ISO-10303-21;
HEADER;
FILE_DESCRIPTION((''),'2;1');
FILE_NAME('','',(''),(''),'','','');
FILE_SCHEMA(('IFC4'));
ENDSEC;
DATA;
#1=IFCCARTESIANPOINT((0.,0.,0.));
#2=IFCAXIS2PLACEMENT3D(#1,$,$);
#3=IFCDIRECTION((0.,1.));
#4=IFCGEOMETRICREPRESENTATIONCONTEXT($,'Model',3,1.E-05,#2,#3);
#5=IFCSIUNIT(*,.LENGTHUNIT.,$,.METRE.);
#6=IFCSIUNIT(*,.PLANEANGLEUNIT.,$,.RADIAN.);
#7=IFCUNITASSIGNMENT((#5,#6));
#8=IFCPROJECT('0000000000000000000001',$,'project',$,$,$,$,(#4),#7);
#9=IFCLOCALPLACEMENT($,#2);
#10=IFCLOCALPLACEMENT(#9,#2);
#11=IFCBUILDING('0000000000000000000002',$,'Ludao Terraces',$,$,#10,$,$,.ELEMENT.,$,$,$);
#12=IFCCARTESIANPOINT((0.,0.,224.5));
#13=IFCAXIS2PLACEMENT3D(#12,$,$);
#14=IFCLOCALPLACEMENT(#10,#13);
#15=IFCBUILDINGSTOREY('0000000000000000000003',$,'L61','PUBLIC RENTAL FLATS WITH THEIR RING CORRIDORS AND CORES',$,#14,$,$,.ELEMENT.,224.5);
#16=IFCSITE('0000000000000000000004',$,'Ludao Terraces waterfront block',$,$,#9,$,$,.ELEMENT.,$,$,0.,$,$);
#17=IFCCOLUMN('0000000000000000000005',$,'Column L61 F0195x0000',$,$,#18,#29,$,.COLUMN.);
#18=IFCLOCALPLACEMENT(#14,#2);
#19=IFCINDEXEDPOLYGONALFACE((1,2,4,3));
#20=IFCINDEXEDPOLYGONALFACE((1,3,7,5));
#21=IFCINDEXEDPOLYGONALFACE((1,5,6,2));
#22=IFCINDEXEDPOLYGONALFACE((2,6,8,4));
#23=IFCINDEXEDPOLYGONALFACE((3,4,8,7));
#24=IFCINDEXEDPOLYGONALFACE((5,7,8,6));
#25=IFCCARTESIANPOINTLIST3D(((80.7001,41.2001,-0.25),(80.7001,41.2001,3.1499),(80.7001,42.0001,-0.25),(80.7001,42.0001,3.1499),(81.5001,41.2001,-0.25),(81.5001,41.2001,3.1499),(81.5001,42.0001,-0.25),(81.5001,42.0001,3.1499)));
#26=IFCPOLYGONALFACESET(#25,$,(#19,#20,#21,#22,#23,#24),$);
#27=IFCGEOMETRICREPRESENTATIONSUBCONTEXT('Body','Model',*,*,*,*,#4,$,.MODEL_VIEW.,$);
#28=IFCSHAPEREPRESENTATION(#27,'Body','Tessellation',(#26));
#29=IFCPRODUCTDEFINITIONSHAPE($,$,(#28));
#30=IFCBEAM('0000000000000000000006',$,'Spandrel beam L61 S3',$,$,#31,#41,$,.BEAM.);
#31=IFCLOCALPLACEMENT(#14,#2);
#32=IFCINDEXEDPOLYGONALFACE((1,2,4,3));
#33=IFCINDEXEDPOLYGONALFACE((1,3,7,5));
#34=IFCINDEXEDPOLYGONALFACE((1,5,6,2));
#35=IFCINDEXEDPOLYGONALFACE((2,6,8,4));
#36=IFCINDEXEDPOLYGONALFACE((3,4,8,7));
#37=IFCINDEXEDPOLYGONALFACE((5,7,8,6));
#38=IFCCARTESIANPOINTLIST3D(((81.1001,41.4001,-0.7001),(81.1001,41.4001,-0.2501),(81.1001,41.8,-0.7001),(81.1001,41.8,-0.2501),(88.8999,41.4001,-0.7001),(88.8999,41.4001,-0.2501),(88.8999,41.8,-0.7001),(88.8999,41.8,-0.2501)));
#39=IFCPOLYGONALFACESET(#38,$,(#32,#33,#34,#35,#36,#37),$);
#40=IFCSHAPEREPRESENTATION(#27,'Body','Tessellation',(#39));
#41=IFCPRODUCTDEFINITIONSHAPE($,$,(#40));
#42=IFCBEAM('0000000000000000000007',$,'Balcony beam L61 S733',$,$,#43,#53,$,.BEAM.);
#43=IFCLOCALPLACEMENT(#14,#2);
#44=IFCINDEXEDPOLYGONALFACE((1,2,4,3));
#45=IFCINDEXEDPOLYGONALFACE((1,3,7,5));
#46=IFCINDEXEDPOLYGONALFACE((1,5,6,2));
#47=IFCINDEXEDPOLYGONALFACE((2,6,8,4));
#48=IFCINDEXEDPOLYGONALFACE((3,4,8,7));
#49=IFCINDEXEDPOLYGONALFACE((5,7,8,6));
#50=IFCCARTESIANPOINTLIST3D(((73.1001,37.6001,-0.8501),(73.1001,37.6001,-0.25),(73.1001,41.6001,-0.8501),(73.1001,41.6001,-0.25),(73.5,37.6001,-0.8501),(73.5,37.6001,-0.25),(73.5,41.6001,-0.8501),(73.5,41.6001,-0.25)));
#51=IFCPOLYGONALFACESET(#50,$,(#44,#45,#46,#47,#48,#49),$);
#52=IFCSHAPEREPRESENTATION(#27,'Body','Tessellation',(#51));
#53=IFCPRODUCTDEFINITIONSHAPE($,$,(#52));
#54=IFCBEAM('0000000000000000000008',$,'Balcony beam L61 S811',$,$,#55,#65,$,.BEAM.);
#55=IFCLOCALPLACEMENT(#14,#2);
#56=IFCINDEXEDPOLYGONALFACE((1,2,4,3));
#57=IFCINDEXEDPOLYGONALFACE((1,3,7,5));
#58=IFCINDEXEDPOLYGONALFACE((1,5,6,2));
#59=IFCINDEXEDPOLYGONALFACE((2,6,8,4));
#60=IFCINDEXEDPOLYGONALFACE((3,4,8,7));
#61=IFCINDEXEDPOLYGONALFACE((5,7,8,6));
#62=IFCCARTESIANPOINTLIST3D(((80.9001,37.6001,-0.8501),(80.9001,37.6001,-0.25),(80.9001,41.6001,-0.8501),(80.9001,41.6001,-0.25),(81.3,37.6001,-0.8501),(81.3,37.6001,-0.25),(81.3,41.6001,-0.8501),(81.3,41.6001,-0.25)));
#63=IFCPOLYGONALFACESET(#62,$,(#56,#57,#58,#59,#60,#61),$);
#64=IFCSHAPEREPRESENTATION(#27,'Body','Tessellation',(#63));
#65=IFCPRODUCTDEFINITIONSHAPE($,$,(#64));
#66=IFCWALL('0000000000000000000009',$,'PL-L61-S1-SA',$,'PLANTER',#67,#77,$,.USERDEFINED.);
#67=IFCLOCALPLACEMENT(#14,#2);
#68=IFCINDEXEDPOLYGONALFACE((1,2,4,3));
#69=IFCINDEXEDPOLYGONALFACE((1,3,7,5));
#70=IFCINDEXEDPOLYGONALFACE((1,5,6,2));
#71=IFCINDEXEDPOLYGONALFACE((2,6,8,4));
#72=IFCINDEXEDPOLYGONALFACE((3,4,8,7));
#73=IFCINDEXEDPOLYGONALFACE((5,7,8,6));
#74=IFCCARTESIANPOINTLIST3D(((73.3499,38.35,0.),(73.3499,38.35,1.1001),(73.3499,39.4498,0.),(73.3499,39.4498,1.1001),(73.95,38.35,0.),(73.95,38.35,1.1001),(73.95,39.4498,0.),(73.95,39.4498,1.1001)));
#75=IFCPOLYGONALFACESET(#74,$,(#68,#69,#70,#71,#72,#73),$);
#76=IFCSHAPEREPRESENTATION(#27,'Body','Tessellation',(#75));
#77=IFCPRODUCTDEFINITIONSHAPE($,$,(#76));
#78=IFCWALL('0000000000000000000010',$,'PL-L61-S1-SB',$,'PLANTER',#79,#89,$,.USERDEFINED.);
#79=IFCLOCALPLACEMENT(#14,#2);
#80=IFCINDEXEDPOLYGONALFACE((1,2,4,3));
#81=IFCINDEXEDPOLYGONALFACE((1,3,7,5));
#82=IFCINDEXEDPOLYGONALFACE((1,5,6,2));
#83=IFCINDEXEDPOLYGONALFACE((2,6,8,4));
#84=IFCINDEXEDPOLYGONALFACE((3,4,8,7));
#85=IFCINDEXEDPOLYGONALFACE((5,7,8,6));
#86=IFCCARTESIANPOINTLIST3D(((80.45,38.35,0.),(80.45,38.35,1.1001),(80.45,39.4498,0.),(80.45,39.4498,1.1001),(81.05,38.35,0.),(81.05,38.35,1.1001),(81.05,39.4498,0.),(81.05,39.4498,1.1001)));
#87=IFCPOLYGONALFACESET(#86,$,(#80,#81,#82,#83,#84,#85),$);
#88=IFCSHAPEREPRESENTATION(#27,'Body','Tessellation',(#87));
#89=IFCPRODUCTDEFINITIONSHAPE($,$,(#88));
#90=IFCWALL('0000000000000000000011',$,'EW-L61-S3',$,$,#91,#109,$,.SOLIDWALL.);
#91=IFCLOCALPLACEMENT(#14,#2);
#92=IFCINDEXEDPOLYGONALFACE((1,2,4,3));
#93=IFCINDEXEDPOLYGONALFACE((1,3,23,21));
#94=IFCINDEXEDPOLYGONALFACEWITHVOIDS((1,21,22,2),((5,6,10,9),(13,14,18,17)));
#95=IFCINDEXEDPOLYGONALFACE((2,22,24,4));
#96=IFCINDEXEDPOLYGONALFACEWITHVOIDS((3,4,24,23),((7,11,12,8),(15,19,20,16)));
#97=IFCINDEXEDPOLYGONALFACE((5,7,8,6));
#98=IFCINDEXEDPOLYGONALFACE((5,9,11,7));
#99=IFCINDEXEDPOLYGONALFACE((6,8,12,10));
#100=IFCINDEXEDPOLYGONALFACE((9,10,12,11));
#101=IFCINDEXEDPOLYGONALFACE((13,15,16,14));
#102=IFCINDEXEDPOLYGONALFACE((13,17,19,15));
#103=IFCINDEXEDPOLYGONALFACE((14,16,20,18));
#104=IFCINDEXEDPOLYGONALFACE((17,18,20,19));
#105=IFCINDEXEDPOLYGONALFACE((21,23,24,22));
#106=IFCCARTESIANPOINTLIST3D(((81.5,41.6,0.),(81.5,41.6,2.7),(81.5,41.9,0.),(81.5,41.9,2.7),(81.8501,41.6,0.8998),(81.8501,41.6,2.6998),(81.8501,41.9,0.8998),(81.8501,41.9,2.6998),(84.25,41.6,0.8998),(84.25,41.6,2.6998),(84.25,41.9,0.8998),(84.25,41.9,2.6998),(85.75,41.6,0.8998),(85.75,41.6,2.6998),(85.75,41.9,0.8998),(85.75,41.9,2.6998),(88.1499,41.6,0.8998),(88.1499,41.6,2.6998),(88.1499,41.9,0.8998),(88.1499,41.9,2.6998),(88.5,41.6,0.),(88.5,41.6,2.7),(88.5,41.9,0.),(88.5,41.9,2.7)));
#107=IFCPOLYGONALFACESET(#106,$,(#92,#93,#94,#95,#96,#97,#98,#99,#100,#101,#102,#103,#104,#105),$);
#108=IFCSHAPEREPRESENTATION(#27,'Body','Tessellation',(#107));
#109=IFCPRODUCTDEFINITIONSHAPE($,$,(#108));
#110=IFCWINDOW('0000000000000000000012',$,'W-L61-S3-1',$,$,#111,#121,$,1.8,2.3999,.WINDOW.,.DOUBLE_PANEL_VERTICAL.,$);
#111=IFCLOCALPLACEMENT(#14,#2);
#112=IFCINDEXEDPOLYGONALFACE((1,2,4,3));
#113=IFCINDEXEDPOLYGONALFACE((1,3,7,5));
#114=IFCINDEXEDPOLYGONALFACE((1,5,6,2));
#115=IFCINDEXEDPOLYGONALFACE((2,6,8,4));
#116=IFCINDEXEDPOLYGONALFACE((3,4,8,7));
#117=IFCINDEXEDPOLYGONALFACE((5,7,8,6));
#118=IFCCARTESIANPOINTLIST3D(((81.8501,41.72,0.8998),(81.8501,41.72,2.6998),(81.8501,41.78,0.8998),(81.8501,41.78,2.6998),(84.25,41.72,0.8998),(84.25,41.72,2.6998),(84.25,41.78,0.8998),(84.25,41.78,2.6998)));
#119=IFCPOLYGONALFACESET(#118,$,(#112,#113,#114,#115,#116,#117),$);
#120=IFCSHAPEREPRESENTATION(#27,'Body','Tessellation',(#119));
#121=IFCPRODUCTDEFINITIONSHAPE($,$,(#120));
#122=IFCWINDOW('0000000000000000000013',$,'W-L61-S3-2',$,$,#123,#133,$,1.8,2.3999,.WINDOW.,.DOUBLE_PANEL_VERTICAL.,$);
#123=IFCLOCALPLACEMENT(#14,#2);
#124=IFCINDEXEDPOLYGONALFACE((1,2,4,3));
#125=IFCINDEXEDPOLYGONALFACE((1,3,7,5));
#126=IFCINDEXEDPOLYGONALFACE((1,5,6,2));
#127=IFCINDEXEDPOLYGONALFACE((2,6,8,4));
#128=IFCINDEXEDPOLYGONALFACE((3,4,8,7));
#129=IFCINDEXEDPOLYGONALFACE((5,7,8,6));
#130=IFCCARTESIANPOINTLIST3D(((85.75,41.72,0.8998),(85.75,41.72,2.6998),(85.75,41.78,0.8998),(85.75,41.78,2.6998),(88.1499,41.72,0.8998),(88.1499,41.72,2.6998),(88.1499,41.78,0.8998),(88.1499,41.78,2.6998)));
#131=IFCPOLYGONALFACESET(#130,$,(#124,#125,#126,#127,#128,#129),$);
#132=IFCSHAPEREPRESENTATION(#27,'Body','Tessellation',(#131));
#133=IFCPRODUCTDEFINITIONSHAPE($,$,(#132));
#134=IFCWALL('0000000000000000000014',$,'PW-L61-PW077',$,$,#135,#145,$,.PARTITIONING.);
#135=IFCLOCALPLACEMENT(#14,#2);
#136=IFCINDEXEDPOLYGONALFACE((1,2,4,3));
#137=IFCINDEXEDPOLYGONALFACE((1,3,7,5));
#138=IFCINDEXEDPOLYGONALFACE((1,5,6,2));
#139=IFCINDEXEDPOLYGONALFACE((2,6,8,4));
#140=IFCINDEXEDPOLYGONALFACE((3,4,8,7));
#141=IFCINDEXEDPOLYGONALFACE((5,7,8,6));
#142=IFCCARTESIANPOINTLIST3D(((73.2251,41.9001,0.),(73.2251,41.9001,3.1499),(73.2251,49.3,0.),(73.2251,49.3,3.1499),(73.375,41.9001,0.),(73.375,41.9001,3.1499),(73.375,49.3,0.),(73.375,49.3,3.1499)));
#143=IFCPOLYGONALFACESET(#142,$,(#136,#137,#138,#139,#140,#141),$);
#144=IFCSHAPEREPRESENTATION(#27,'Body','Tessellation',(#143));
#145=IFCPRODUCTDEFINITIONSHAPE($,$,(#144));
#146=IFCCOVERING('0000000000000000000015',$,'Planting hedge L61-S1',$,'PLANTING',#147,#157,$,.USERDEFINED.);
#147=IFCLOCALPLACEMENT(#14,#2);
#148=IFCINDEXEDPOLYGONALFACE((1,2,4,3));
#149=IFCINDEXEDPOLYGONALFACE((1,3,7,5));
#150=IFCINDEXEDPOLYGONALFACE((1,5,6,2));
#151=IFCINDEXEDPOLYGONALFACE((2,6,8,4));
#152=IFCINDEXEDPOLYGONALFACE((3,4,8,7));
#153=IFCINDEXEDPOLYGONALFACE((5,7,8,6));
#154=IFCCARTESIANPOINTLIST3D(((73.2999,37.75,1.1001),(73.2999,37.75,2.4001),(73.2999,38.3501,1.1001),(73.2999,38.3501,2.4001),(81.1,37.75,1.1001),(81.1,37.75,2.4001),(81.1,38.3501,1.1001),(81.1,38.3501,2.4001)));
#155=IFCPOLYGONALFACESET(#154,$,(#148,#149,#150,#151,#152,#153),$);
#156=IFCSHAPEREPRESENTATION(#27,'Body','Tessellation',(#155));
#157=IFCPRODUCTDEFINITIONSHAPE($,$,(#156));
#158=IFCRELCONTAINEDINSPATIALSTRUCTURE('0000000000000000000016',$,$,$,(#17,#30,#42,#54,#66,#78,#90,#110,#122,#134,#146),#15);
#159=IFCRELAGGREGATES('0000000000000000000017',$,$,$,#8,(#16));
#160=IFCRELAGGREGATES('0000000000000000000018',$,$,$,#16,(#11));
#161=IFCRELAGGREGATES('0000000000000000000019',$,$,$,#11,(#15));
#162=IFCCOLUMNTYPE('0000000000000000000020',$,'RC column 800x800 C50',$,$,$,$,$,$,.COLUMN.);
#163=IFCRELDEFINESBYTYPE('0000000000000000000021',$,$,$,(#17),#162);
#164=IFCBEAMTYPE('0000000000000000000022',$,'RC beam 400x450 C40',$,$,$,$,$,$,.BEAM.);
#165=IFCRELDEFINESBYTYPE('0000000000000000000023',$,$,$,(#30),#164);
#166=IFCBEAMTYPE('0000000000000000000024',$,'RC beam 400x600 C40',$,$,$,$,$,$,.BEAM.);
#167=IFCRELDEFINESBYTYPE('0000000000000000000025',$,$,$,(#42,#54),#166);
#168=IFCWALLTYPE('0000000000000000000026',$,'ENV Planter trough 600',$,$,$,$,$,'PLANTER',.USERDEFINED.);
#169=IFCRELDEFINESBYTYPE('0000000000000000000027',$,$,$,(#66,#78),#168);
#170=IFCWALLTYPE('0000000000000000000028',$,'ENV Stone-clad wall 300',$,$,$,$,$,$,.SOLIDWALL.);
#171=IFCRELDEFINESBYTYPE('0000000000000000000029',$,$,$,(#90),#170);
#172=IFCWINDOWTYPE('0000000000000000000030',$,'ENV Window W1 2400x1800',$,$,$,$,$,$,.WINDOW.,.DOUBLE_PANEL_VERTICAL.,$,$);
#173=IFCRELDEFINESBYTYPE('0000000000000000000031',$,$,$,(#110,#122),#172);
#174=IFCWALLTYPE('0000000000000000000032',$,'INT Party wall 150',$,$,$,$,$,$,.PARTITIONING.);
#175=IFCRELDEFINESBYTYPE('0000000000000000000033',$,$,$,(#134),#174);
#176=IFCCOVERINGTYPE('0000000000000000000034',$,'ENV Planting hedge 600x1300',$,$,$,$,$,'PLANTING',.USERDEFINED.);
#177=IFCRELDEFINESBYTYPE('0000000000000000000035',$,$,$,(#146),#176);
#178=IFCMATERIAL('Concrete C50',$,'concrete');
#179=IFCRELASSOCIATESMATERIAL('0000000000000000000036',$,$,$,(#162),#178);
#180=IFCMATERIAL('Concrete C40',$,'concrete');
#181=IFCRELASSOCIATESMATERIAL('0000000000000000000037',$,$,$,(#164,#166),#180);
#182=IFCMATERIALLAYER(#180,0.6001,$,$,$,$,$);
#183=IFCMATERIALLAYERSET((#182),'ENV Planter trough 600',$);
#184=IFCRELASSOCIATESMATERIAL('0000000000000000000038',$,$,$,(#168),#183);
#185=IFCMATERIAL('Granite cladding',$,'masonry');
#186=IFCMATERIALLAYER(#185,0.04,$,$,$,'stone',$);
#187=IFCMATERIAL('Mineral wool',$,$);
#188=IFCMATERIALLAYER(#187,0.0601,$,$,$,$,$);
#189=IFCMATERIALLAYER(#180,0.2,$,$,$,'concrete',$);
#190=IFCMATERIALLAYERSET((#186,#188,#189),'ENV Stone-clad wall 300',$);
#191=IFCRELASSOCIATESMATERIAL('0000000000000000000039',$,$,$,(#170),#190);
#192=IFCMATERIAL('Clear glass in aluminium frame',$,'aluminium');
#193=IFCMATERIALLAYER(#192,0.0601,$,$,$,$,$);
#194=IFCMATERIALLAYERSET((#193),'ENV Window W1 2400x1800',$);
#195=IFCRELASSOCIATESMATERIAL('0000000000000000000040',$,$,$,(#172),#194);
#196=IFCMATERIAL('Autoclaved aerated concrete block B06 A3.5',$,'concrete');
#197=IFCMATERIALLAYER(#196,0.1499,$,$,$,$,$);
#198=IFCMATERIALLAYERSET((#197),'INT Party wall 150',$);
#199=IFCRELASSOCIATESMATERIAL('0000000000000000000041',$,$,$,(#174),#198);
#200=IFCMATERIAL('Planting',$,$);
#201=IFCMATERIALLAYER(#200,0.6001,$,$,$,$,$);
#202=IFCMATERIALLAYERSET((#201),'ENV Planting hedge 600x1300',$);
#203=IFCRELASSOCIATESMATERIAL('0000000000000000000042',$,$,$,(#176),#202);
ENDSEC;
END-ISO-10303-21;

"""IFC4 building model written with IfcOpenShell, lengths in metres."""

from ifc_helpers import new_model, si_unit, direction, frame, frame_2d, origin, origin_2d, place, context, subcontext, project, spatial, rectangle, extrude, material, layer, layer_set, material_profile, profile_set, type_object, element, fill, save


model = new_model("IFC4")

# Units and contexts
model_context = context("Model", 3, precision=1e-05, world=origin(), true_north=direction((0.0, 1.0)))
body_context = subcontext(model_context, "Body", "Model", "MODEL_VIEW")
ifc_project = project(units=[si_unit("LENGTHUNIT", "METRE"), si_unit("PLANEANGLEUNIT", "RADIAN")], contexts=[model_context])

# Site, building, storey
site_placement = place(None, origin())
site = spatial("IfcSite", under=ifc_project, at=site_placement, Name="Ludao Terraces waterfront block", CompositionType="ELEMENT", RefElevation=0.0)
building_placement = place(site_placement, origin())
building = spatial("IfcBuilding", under=site, at=building_placement, Name="Ludao Terraces", CompositionType="ELEMENT")
storey_placement = place(building_placement, frame((0.0, 0.0, 224.5)))
storey = spatial("IfcBuildingStorey", under=building, at=storey_placement, Name="L61", Description="PUBLIC RENTAL FLATS WITH THEIR RING CORRIDORS AND CORES", CompositionType="ELEMENT", Elevation=224.5)

# Column
ifc_material_1 = material(Name="Concrete C50", Category="concrete")
ifc_material_profile_1 = material_profile(ifc_material_1, rectangle(XDim=0.8, YDim=0.8, at=origin_2d()), Name="800 X 800")
ifc_profile_set_1 = profile_set([ifc_material_profile_1], Name="Concrete C50")
column_type = type_object("IfcColumnType", Name="RC column 800x800 C50", PredefinedType="COLUMN", material=ifc_profile_set_1)
column_placement = place(storey_placement, frame((81.1001, 41.6001, -0.25), z_axis=(0.0, 0.0, 1.0), x_axis=(1.0, 0.0, 0.0)))
element("IfcColumn", 1, at=column_placement, inside=storey, type_object=column_type, Name="Column L61 F0195x0000", PredefinedType="COLUMN", context=body_context, shape_type="SweptSolid", body=[
    extrude(rectangle(XDim=0.8, YDim=0.8, at=origin_2d()), origin(), (0.0, 0.0, 1.0), 3.3999),
])

# Beams
ifc_material_2 = material(Name="Concrete C40", Category="concrete")
ifc_material_profile_2 = material_profile(ifc_material_2, rectangle(XDim=0.3999, YDim=0.45, at=origin_2d()), Name="400 X 450")
ifc_profile_set_2 = profile_set([ifc_material_profile_2], Name="Concrete C40")
beam_type_1 = type_object("IfcBeamType", Name="RC beam 400x450 C40", PredefinedType="BEAM", material=ifc_profile_set_2)
beam_placement = place(storey_placement, frame((81.1001, 41.6001, -0.4751), z_axis=(1.0, 0.0, 0.0), x_axis=(0.0, 1.0, 0.0)))
element("IfcBeam", 2, at=beam_placement, inside=storey, type_object=beam_type_1, Name="Spandrel beam L61 S3", PredefinedType="BEAM", context=body_context, shape_type="SweptSolid", body=[
    extrude(rectangle(XDim=0.3999, YDim=0.45, at=origin_2d()), origin(), (0.0, 0.0, 1.0), 7.7998),
])
ifc_material_profile_3 = material_profile(ifc_material_2, rectangle(XDim=0.3999, YDim=0.6001, at=origin_2d()), Name="400 X 600")
ifc_profile_set_3 = profile_set([ifc_material_profile_3], Name="Concrete C40")
beam_type_2 = type_object("IfcBeamType", Name="RC beam 400x600 C40", PredefinedType="BEAM", material=ifc_profile_set_3)
for number, where, z_axis, x_axis, name in (
    (3, (73.3, 41.6001, -0.55), (0.0, -1.0, 0.0), (1.0, 0.0, 0.0), "Balcony beam L61 S733"),
    (4, (81.1001, 41.6001, -0.55), (0.0, -1.0, 0.0), (1.0, 0.0, 0.0), "Balcony beam L61 S811"),
):
    element("IfcBeam", number, at=place(storey_placement, frame(where, z_axis=z_axis, x_axis=x_axis)), inside=storey, type_object=beam_type_2, Name=name, PredefinedType="BEAM", context=body_context, shape_type="SweptSolid", body=[
        extrude(rectangle(XDim=0.3999, YDim=0.6001, at=origin_2d()), origin(), (0.0, 0.0, 1.0), 4.0),
    ])

# Walls
ifc_layer_1 = layer(ifc_material_2, 0.6001)
ifc_layer_set_1 = layer_set([ifc_layer_1], Name="ENV Planter trough 600")
wall_type_1 = type_object("IfcWallType", Name="ENV Planter trough 600", ElementType="PLANTER", PredefinedType="USERDEFINED", material=ifc_layer_set_1)
for number, where, z_axis, x_axis, name in (
    (5, (73.6499, 38.3501, 0.0), (0.0, 0.0, 1.0), (0.0, 1.0, 0.0), "PL-L61-S1-SA"),
    (6, (80.75, 38.3501, 0.0), (0.0, 0.0, 1.0), (0.0, 1.0, 0.0), "PL-L61-S1-SB"),
):
    element("IfcWall", number, at=place(storey_placement, frame(where, z_axis=z_axis, x_axis=x_axis)), inside=storey, type_object=wall_type_1, Name=name, ObjectType="PLANTER", PredefinedType="USERDEFINED", context=body_context, shape_type="SweptSolid", body=[
        extrude(rectangle(XDim=1.0999, YDim=0.6001, at=frame_2d((0.5498, 0.0))), origin(), (0.0, 0.0, 1.0), 1.1001),
    ])

# Shared definitions
ifc_material_3 = material(Name="Granite cladding", Category="masonry")
ifc_layer_2 = layer(ifc_material_3, 0.04, Category="stone")
ifc_material_4 = material(Name="Mineral wool")
ifc_layer_3 = layer(ifc_material_4, 0.0601)
ifc_layer_4 = layer(ifc_material_2, 0.2, Category="concrete")
ifc_layer_set_2 = layer_set([ifc_layer_2, ifc_layer_3, ifc_layer_4], Name="ENV Stone-clad wall 300")
wall_type_2 = type_object("IfcWallType", Name="ENV Stone-clad wall 300", PredefinedType="SOLIDWALL", material=ifc_layer_set_2)
ifc_material_5 = material(Name="Clear glass in aluminium frame", Category="aluminium")
ifc_layer_5 = layer(ifc_material_5, 0.0601)
ifc_layer_set_3 = layer_set([ifc_layer_5], Name="ENV Window W1 2400x1800")
window_type = type_object("IfcWindowType", Name="ENV Window W1 2400x1800", PartitioningType="DOUBLE_PANEL_VERTICAL", PredefinedType="WINDOW", material=ifc_layer_set_3)

# Wall, openings, windows
wall_1_placement = place(storey_placement, frame((81.5, 41.75, 0.0), z_axis=(0.0, 0.0, 1.0), x_axis=(1.0, 0.0, 0.0)))
wall_1 = element("IfcWall", 7, at=wall_1_placement, inside=storey, type_object=wall_type_2, Name="EW-L61-S3", PredefinedType="SOLIDWALL", context=body_context, shape_type="SweptSolid", body=[
    extrude(rectangle(XDim=7.0, YDim=0.3, at=frame_2d((3.5, 0.0))), origin(), (0.0, 0.0, 1.0), 2.7),
])
opening_1_placement = place(wall_1_placement, frame((0.3501, 0.0, 0.8999)))
opening_1 = element("IfcOpeningElement", 8, at=opening_1_placement, cuts=wall_1, PredefinedType="OPENING", context=body_context, shape_type="SweptSolid", body=[
    extrude(rectangle(XDim=2.3999, YDim=1.8, at=frame_2d((1.2, 0.8999))), frame((0.0, 0.1602, 0.0), z_axis=(0.0, -1.0, 0.0), x_axis=(1.0, 0.0, 0.0)), (0.0, 0.0, 1.0), 0.3201),
])
opening_2_placement = place(wall_1_placement, frame((4.25, 0.0, 0.8999)))
opening_2 = element("IfcOpeningElement", 9, at=opening_2_placement, cuts=wall_1, PredefinedType="OPENING", context=body_context, shape_type="SweptSolid", body=[
    extrude(rectangle(XDim=2.3999, YDim=1.8, at=frame_2d((1.2, 0.8999))), frame((0.0, 0.1602, 0.0), z_axis=(0.0, -1.0, 0.0), x_axis=(1.0, 0.0, 0.0)), (0.0, 0.0, 1.0), 0.3201),
])
window_1_placement = place(opening_1_placement, origin())
window_1 = element("IfcWindow", 10, at=window_1_placement, inside=storey, type_object=window_type, Name="W-L61-S3-1", OverallHeight=1.8, OverallWidth=2.3999, PartitioningType="DOUBLE_PANEL_VERTICAL", PredefinedType="WINDOW", context=body_context, shape_type="SweptSolid", body=[
    extrude(rectangle(XDim=2.3999, YDim=1.8, at=frame_2d((1.2, 0.8999))), frame((0.0, 0.03, 0.0), z_axis=(0.0, -1.0, 0.0), x_axis=(1.0, 0.0, 0.0)), (0.0, 0.0, 1.0), 0.0601),
])
fill(opening_1, window_1)
window_2_placement = place(opening_2_placement, origin())
window_2 = element("IfcWindow", 11, at=window_2_placement, inside=storey, type_object=window_type, Name="W-L61-S3-2", OverallHeight=1.8, OverallWidth=2.3999, PartitioningType="DOUBLE_PANEL_VERTICAL", PredefinedType="WINDOW", context=body_context, shape_type="SweptSolid", body=[
    extrude(rectangle(XDim=2.3999, YDim=1.8, at=frame_2d((1.2, 0.8999))), frame((0.0, 0.03, 0.0), z_axis=(0.0, -1.0, 0.0), x_axis=(1.0, 0.0, 0.0)), (0.0, 0.0, 1.0), 0.0601),
])
fill(opening_2, window_2)

# Wall
ifc_material_6 = material(Name="Autoclaved aerated concrete block B06 A3.5", Category="concrete")
ifc_layer_6 = layer(ifc_material_6, 0.1499)
ifc_layer_set_4 = layer_set([ifc_layer_6], Name="INT Party wall 150")
wall_type_3 = type_object("IfcWallType", Name="INT Party wall 150", PredefinedType="PARTITIONING", material=ifc_layer_set_4)
wall_2_placement = place(storey_placement, frame((73.3, 41.9001, 0.0), z_axis=(0.0, 0.0, 1.0), x_axis=(0.0, 1.0, 0.0)))
element("IfcWall", 12, at=wall_2_placement, inside=storey, type_object=wall_type_3, Name="PW-L61-PW077", PredefinedType="PARTITIONING", context=body_context, shape_type="SweptSolid", body=[
    extrude(rectangle(XDim=7.3999, YDim=0.1499, at=frame_2d((3.7, 0.0))), origin(), (0.0, 0.0, 1.0), 3.1499),
])

# Covering
ifc_material_7 = material(Name="Planting")
ifc_layer_7 = layer(ifc_material_7, 0.6001)
ifc_layer_set_5 = layer_set([ifc_layer_7], Name="ENV Planting hedge 600x1300")
covering_type = type_object("IfcCoveringType", Name="ENV Planting hedge 600x1300", ElementType="PLANTING", PredefinedType="USERDEFINED", material=ifc_layer_set_5)
covering_placement = place(storey_placement, frame((77.2, 38.05, 1.1001), z_axis=(0.0, 0.0, 1.0), x_axis=(1.0, 0.0, 0.0)))
element("IfcCovering", 13, at=covering_placement, inside=storey, type_object=covering_type, Name="Planting hedge L61-S1", ObjectType="PLANTING", PredefinedType="USERDEFINED", context=body_context, shape_type="SweptSolid", body=[
    extrude(rectangle(XDim=7.8, YDim=0.6001, at=origin_2d()), origin(), (0.0, 0.0, 1.0), 1.3),
])

save(model, "model.ifc")
